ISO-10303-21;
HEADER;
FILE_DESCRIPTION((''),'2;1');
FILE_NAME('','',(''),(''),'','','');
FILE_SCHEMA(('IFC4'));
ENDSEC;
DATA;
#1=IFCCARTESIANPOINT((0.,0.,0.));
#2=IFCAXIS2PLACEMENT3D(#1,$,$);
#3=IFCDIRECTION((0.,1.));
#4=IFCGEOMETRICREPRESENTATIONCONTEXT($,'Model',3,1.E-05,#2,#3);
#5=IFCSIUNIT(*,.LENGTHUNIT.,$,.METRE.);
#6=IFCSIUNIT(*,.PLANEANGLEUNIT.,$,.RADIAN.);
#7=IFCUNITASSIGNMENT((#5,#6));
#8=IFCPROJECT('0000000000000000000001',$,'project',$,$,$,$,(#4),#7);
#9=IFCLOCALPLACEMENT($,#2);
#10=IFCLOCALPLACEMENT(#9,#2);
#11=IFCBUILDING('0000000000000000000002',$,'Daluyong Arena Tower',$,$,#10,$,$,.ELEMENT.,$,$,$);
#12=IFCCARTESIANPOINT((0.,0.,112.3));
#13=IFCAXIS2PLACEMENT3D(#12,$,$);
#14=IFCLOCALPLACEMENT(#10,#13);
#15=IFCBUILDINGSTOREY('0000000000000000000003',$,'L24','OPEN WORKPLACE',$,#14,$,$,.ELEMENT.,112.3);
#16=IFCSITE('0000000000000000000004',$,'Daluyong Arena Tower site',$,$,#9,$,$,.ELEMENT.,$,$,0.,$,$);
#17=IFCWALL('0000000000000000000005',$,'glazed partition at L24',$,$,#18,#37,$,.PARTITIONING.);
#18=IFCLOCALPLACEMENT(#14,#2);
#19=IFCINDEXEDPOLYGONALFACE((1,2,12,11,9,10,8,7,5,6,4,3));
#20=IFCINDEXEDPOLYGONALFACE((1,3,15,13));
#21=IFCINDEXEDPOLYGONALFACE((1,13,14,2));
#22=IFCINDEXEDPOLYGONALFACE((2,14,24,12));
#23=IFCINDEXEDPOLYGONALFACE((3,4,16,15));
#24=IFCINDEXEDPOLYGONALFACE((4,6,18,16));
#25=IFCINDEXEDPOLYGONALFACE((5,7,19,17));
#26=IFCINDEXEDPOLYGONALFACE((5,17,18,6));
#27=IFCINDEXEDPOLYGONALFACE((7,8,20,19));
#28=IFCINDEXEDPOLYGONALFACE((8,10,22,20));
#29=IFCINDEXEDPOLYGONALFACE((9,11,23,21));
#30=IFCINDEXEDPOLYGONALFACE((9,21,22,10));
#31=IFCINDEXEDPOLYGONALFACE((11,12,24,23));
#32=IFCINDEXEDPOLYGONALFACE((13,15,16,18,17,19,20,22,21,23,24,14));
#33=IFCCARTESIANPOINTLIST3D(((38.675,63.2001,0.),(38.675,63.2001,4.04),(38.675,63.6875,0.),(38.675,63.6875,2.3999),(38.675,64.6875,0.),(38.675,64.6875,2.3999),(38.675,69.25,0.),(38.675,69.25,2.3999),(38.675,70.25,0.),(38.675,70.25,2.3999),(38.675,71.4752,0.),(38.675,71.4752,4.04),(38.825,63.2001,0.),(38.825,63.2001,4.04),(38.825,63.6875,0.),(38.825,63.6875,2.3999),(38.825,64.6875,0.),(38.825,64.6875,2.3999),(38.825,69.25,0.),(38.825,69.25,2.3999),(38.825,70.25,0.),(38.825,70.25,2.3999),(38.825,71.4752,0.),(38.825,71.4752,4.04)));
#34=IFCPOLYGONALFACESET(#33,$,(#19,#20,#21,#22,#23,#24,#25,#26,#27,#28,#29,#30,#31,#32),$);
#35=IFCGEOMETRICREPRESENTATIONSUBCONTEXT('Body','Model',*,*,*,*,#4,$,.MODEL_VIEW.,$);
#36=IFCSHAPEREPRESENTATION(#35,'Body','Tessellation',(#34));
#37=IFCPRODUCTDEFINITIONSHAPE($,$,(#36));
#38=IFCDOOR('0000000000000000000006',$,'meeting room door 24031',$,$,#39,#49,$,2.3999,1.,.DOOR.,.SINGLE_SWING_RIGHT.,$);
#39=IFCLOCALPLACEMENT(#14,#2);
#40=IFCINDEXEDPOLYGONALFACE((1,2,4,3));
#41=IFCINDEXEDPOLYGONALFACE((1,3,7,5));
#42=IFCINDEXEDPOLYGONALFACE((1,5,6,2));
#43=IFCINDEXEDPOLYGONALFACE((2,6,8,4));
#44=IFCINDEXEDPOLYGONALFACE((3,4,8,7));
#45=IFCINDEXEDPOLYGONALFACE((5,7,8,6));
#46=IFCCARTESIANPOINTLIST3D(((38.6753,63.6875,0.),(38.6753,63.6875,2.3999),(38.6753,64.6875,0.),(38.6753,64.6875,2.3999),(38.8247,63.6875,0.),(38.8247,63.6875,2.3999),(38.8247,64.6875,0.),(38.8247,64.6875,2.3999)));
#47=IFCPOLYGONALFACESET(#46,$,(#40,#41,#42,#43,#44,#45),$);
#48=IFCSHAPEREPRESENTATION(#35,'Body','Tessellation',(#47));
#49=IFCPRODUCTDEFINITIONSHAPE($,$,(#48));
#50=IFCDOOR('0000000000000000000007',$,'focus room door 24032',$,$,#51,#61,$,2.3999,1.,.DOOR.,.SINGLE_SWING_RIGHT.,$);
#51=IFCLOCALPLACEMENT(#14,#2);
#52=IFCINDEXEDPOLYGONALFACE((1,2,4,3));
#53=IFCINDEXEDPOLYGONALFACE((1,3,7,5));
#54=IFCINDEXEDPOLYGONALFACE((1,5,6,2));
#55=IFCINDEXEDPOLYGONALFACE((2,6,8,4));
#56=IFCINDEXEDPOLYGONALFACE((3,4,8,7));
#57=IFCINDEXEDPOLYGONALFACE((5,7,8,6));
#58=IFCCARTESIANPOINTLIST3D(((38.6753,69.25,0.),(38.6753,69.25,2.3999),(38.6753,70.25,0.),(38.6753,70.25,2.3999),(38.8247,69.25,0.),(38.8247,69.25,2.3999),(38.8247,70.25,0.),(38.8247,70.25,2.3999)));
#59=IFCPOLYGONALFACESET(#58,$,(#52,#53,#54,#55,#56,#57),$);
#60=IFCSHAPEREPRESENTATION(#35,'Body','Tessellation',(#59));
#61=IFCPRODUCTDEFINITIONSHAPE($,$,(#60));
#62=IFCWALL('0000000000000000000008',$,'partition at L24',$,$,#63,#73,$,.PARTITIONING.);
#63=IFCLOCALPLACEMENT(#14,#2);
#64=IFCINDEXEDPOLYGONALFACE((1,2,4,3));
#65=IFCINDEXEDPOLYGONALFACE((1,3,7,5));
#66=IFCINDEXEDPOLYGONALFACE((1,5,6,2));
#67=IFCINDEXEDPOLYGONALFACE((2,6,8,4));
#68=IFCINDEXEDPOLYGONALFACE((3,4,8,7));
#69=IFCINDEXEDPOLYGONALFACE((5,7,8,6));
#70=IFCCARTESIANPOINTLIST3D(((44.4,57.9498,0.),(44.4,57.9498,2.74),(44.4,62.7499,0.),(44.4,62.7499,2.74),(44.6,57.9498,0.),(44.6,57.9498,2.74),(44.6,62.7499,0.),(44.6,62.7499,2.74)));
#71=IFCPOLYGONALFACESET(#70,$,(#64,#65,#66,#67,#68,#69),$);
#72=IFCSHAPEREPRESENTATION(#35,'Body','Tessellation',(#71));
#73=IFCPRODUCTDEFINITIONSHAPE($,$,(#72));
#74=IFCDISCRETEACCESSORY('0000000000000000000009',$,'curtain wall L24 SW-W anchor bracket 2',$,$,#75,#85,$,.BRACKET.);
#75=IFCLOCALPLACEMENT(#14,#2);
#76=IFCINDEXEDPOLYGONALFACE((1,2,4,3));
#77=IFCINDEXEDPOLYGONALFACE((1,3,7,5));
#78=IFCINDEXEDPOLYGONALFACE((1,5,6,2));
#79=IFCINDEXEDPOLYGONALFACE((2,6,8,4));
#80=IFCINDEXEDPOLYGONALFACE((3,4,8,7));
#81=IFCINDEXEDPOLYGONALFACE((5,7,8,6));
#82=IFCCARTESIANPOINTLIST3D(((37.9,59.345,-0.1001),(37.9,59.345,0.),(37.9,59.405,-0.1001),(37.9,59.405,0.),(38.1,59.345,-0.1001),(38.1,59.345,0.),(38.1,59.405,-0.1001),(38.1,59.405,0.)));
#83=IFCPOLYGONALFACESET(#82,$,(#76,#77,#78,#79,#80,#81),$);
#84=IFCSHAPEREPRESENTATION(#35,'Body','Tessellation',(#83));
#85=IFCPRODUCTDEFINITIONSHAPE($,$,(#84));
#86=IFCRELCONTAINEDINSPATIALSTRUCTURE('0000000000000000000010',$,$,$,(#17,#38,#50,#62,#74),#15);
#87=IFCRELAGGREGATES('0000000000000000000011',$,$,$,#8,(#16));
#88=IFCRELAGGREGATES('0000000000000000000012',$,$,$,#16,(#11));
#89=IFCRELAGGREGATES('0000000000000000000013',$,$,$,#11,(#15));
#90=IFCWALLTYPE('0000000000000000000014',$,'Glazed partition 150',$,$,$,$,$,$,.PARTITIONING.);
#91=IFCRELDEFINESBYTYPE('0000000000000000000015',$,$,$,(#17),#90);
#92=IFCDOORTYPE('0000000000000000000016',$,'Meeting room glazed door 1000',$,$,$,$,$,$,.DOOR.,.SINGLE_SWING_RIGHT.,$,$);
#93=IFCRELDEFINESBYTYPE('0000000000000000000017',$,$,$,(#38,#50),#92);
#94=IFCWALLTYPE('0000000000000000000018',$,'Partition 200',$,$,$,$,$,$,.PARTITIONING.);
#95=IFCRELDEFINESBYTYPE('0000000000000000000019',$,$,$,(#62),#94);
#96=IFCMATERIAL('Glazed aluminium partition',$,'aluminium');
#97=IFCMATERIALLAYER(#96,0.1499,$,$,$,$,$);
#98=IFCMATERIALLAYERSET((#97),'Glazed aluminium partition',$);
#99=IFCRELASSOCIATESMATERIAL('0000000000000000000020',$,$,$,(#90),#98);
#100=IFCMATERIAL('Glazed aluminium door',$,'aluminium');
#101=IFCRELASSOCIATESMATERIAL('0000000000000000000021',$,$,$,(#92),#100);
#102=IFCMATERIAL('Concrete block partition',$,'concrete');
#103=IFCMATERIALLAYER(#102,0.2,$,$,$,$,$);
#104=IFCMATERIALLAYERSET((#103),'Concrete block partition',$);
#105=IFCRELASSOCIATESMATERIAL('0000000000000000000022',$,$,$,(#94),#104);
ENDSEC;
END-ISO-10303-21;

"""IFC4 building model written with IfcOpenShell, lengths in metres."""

from ifc_helpers import new_model, si_unit, direction, frame, frame_2d, origin, origin_2d, place, context, subcontext, project, spatial, rectangle, extrude, material, layer, layer_set, type_object, element, fill, save


model = new_model("IFC4")

# Units and contexts
model_context = context("Model", 3, precision=1e-05, world=origin(), true_north=direction((0.0, 1.0)))
body_context = subcontext(model_context, "Body", "Model", "MODEL_VIEW")
ifc_project = project(units=[si_unit("LENGTHUNIT", "METRE"), si_unit("PLANEANGLEUNIT", "RADIAN")], contexts=[model_context])

# Site, building, storey
site_placement = place(None, origin())
site = spatial("IfcSite", under=ifc_project, at=site_placement, Name="Daluyong Arena Tower site", CompositionType="ELEMENT", RefElevation=0.0)
building_placement = place(site_placement, origin())
building = spatial("IfcBuilding", under=site, at=building_placement, Name="Daluyong Arena Tower", CompositionType="ELEMENT")
storey_placement = place(building_placement, frame((0.0, 0.0, 112.3)))
storey = spatial("IfcBuildingStorey", under=building, at=storey_placement, Name="L24", Description="OPEN WORKPLACE", CompositionType="ELEMENT", Elevation=112.3)

# Wall, openings, doors
ifc_material_1 = material(Name="Glazed aluminium partition", Category="aluminium")
ifc_layer_1 = layer(ifc_material_1, 0.1499)
ifc_layer_set_1 = layer_set([ifc_layer_1], Name="Glazed aluminium partition")
wall_type_1 = type_object("IfcWallType", Name="Glazed partition 150", PredefinedType="PARTITIONING", material=ifc_layer_set_1)
ifc_material_2 = material(Name="Glazed aluminium door", Category="aluminium")
door_type_1 = type_object("IfcDoorType", Name="Meeting room glazed door 1000", OperationType="SINGLE_SWING_RIGHT", PredefinedType="DOOR", material=ifc_material_2)
wall_1_placement = place(storey_placement, frame((38.75, 63.2, 0.0), z_axis=(0.0, 0.0, 1.0), x_axis=(0.0, 1.0, 0.0)))
wall_1 = element("IfcWall", 1, at=wall_1_placement, inside=storey, type_object=wall_type_1, Name="glazed partition at L24", PredefinedType="PARTITIONING", context=body_context, shape_type="SweptSolid", body=[
    extrude(rectangle(XDim=8.2751, YDim=0.1499, at=frame_2d((4.1377, 0.0))), origin(), (0.0, 0.0, 1.0), 4.04),
])
opening_1_placement = place(wall_1_placement, frame((0.4875, 0.0, 0.0)))
opening_1 = element("IfcOpeningElement", 2, at=opening_1_placement, cuts=wall_1, PredefinedType="OPENING", context=body_context, shape_type="SweptSolid", body=[
    extrude(rectangle(XDim=1.0, YDim=2.3999, at=frame_2d((0.5, 1.2))), frame((0.0, 0.085, 0.0), z_axis=(0.0, -1.0, 0.0), x_axis=(1.0, 0.0, 0.0)), (0.0, 0.0, 1.0), 0.1699),
])
opening_2_placement = place(wall_1_placement, frame((6.05, 0.0, 0.0)))
opening_2 = element("IfcOpeningElement", 3, at=opening_2_placement, cuts=wall_1, PredefinedType="OPENING", context=body_context, shape_type="SweptSolid", body=[
    extrude(rectangle(XDim=1.0, YDim=2.3999, at=frame_2d((0.5, 1.2))), frame((0.0, 0.085, 0.0), z_axis=(0.0, -1.0, 0.0), x_axis=(1.0, 0.0, 0.0)), (0.0, 0.0, 1.0), 0.1699),
])
door_1_placement = place(opening_1_placement, origin())
door_1 = element("IfcDoor", 4, at=door_1_placement, inside=storey, type_object=door_type_1, Name="meeting room door 24031", OperationType="SINGLE_SWING_RIGHT", OverallHeight=2.3999, OverallWidth=1.0, PredefinedType="DOOR", context=body_context, shape_type="SweptSolid", body=[
    extrude(rectangle(XDim=1.0, YDim=2.3999, at=frame_2d((0.5, 1.2))), frame((0.0, 0.0747, 0.0), z_axis=(0.0, -1.0, 0.0), x_axis=(1.0, 0.0, 0.0)), (0.0, 0.0, 1.0), 0.1494),
])
fill(opening_1, door_1)
door_2_placement = place(opening_2_placement, origin())
door_2 = element("IfcDoor", 5, at=door_2_placement, inside=storey, type_object=door_type_1, Name="focus room door 24032", OperationType="SINGLE_SWING_RIGHT", OverallHeight=2.3999, OverallWidth=1.0, PredefinedType="DOOR", context=body_context, shape_type="SweptSolid", body=[
    extrude(rectangle(XDim=1.0, YDim=2.3999, at=frame_2d((0.5, 1.2))), frame((0.0, 0.0747, 0.0), z_axis=(0.0, -1.0, 0.0), x_axis=(1.0, 0.0, 0.0)), (0.0, 0.0, 1.0), 0.1494),
])
fill(opening_2, door_2)

# Wall
ifc_material_3 = material(Name="Concrete block partition", Category="concrete")
ifc_layer_2 = layer(ifc_material_3, 0.2)
ifc_layer_set_2 = layer_set([ifc_layer_2], Name="Concrete block partition")
wall_type_2 = type_object("IfcWallType", Name="Partition 200", PredefinedType="PARTITIONING", material=ifc_layer_set_2)
wall_2_placement = place(storey_placement, frame((44.5, 57.95, 0.0), z_axis=(0.0, 0.0, 1.0), x_axis=(0.0, 1.0, 0.0)))
element("IfcWall", 6, at=wall_2_placement, inside=storey, type_object=wall_type_2, Name="partition at L24", PredefinedType="PARTITIONING", context=body_context, shape_type="SweptSolid", body=[
    extrude(rectangle(XDim=4.8, YDim=0.2, at=frame_2d((2.3999, 0.0))), origin(), (0.0, 0.0, 1.0), 2.74),
])

# Discrete accessory
discrete_accessory_placement = place(storey_placement, frame((38.0, 59.375, -0.1001), z_axis=(0.0, 0.0, 1.0), x_axis=(0.0, -1.0, 0.0)))
element("IfcDiscreteAccessory", 7, at=discrete_accessory_placement, inside=storey, Name="curtain wall L24 SW-W anchor bracket 2", PredefinedType="BRACKET", context=body_context, shape_type="SweptSolid", body=[
    extrude(rectangle(XDim=0.0601, YDim=0.2, at=origin_2d()), origin(), (0.0, 0.0, 1.0), 0.1001),
])

save(model, "model.ifc")
